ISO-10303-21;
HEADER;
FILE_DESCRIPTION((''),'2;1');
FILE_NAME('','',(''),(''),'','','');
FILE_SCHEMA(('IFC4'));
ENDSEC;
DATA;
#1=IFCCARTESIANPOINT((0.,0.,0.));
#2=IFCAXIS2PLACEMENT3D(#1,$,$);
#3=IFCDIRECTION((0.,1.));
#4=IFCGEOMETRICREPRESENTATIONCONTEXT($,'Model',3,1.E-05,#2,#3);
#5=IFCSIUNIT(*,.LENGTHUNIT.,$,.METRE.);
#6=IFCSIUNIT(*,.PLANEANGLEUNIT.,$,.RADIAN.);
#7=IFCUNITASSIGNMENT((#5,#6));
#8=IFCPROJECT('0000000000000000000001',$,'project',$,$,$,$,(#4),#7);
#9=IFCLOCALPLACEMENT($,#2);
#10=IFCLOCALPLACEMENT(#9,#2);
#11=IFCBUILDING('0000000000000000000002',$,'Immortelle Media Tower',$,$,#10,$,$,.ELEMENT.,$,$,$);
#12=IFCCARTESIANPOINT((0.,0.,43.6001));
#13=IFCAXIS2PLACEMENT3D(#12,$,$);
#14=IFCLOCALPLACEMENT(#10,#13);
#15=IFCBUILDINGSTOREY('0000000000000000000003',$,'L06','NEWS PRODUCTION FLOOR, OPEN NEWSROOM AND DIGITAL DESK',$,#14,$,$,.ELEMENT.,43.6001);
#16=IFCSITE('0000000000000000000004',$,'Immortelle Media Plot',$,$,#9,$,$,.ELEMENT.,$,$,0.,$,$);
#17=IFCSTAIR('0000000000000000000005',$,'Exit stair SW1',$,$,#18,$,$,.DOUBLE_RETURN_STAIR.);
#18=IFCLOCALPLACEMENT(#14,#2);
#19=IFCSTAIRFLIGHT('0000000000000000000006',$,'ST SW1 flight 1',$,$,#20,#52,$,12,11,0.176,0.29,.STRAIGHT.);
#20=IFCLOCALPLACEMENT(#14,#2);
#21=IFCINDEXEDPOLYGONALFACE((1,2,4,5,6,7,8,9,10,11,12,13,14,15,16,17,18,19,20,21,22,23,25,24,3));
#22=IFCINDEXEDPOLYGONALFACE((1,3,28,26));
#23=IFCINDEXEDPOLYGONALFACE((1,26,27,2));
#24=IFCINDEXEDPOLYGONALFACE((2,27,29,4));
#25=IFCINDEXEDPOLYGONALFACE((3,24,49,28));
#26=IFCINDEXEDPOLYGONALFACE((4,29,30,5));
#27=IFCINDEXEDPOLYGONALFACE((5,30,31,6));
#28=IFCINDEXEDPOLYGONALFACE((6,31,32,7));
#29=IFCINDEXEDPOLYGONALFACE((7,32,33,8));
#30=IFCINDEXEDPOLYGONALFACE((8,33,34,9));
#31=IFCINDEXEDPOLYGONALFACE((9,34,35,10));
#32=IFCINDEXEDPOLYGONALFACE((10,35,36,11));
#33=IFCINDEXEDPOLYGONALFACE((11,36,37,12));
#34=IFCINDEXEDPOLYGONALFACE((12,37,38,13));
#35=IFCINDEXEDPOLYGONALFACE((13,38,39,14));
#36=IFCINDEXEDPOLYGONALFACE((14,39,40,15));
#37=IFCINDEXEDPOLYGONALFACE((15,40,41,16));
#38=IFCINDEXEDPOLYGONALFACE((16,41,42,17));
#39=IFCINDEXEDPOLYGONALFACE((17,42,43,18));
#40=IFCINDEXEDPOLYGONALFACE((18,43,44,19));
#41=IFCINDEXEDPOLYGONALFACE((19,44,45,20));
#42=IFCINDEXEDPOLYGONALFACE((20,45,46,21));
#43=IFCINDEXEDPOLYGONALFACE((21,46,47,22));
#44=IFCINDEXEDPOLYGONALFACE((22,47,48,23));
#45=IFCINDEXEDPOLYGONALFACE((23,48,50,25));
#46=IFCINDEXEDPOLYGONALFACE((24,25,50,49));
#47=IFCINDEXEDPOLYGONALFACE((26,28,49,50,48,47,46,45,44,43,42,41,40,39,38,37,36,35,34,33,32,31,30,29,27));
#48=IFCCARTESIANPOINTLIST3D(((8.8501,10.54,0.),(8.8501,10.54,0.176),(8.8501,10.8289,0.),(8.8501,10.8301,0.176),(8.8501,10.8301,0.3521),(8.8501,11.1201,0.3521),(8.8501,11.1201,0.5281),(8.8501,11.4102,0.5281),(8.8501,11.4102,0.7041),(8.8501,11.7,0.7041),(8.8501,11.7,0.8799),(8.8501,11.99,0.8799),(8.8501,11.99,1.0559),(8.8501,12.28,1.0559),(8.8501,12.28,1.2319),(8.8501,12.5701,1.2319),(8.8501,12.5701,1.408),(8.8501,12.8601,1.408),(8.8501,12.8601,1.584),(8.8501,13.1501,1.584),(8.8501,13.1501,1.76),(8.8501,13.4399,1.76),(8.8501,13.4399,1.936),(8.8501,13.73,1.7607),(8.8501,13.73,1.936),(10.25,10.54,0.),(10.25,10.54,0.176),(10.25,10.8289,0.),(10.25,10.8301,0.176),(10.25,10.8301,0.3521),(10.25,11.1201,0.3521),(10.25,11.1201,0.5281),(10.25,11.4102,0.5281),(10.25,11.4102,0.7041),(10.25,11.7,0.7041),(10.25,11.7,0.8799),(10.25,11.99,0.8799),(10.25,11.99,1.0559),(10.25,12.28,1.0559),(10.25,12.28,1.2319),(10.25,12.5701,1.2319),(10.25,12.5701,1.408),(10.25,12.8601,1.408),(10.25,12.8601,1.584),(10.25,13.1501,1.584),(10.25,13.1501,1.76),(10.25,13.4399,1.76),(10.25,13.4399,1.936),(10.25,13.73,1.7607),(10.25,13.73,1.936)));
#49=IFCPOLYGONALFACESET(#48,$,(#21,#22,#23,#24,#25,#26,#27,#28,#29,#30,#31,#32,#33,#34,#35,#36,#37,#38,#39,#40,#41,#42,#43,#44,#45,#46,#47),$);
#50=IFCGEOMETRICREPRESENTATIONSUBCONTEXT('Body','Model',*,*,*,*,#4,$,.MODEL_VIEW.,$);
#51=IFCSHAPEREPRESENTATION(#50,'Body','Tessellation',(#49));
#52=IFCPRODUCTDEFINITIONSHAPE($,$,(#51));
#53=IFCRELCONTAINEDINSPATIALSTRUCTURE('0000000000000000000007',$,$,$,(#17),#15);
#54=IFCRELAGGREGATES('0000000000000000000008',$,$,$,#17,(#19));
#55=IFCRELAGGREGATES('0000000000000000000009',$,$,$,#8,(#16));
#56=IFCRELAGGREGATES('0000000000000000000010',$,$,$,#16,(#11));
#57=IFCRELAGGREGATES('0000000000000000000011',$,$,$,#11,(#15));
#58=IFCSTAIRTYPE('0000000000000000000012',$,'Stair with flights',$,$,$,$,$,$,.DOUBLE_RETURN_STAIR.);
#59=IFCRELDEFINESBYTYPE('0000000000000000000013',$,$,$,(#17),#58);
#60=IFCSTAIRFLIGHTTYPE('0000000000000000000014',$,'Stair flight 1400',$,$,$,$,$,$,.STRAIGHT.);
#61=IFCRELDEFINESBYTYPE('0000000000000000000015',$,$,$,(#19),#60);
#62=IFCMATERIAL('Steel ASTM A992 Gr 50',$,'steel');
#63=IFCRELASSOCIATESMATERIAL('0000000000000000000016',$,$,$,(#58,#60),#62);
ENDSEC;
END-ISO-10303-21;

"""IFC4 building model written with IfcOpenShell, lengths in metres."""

from ifc_helpers import new_model, si_unit, direction, frame, origin, place, context, subcontext, project, spatial, polyline, outline, extrude, material, type_object, element, aggregate, save


model = new_model("IFC4")

# Units and contexts
model_context = context("Model", 3, precision=1e-05, world=origin(), true_north=direction((0.0, 1.0)))
body_context = subcontext(model_context, "Body", "Model", "MODEL_VIEW")
ifc_project = project(units=[si_unit("LENGTHUNIT", "METRE"), si_unit("PLANEANGLEUNIT", "RADIAN")], contexts=[model_context])

# Site, building, storey
site_placement = place(None, origin())
site = spatial("IfcSite", under=ifc_project, at=site_placement, Name="Immortelle Media Plot", CompositionType="ELEMENT", RefElevation=0.0)
building_placement = place(site_placement, origin())
building = spatial("IfcBuilding", under=site, at=building_placement, Name="Immortelle Media Tower", CompositionType="ELEMENT")
storey_placement = place(building_placement, frame((0.0, 0.0, 43.6001)))
storey = spatial("IfcBuildingStorey", under=building, at=storey_placement, Name="L06", Description="NEWS PRODUCTION FLOOR, OPEN NEWSROOM AND DIGITAL DESK", CompositionType="ELEMENT", Elevation=43.6001)

# Shared definitions
ifc_material_1 = material(Name="Steel ASTM A992 Gr 50", Category="steel")

# Stair, stair flight
stair_type = type_object("IfcStairType", Name="Stair with flights", PredefinedType="DOUBLE_RETURN_STAIR", material=ifc_material_1)
stair_placement = place(storey_placement, origin())
stair = element("IfcStair", 1, at=stair_placement, inside=storey, type_object=stair_type, Name="Exit stair SW1", PredefinedType="DOUBLE_RETURN_STAIR")
stair_flight_type = type_object("IfcStairFlightType", Name="Stair flight 1400", PredefinedType="STRAIGHT", material=ifc_material_1)
stair_flight_placement = place(storey_placement, frame((9.55, 10.54, 0.0), z_axis=(0.0, 0.0, 1.0), x_axis=(0.0, 1.0, 0.0)))
stair_flight = element("IfcStairFlight", 2, at=stair_flight_placement, type_object=stair_flight_type, Name="ST SW1 flight 1", NumberOfRisers=12, NumberOfTreads=11, PredefinedType="STRAIGHT", RiserHeight=0.176, TreadLength=0.29, context=body_context, shape_type="SweptSolid", body=[
    extrude(outline(polyline([(0.0, 0.0), (0.0, 0.176), (0.29, 0.176), (0.29, 0.3521), (0.5801, 0.3521), (0.5801, 0.5281), (0.8701, 0.5281), (0.8701, 0.7041), (1.1599, 0.7041), (1.1599, 0.8799), (1.45, 0.8799), (1.45, 1.0559), (1.74, 1.0559), (1.74, 1.2319), (2.03, 1.2319), (2.03, 1.408), (2.3201, 1.408), (2.3201, 1.584), (2.6101, 1.584), (2.6101, 1.76), (2.8999, 1.76), (2.8999, 1.936), (3.1899, 1.936), (3.1899, 2.1121), (3.1899, 1.7607), (0.2888, 0.0), (0.0, 0.0)])), frame((0.0, 0.7, 0.0), z_axis=(0.0, -1.0, 0.0), x_axis=(1.0, 0.0, 0.0)), (0.0, 0.0, 1.0), 1.3999),
])
aggregate(stair, [stair_flight])

save(model, "model.ifc")
